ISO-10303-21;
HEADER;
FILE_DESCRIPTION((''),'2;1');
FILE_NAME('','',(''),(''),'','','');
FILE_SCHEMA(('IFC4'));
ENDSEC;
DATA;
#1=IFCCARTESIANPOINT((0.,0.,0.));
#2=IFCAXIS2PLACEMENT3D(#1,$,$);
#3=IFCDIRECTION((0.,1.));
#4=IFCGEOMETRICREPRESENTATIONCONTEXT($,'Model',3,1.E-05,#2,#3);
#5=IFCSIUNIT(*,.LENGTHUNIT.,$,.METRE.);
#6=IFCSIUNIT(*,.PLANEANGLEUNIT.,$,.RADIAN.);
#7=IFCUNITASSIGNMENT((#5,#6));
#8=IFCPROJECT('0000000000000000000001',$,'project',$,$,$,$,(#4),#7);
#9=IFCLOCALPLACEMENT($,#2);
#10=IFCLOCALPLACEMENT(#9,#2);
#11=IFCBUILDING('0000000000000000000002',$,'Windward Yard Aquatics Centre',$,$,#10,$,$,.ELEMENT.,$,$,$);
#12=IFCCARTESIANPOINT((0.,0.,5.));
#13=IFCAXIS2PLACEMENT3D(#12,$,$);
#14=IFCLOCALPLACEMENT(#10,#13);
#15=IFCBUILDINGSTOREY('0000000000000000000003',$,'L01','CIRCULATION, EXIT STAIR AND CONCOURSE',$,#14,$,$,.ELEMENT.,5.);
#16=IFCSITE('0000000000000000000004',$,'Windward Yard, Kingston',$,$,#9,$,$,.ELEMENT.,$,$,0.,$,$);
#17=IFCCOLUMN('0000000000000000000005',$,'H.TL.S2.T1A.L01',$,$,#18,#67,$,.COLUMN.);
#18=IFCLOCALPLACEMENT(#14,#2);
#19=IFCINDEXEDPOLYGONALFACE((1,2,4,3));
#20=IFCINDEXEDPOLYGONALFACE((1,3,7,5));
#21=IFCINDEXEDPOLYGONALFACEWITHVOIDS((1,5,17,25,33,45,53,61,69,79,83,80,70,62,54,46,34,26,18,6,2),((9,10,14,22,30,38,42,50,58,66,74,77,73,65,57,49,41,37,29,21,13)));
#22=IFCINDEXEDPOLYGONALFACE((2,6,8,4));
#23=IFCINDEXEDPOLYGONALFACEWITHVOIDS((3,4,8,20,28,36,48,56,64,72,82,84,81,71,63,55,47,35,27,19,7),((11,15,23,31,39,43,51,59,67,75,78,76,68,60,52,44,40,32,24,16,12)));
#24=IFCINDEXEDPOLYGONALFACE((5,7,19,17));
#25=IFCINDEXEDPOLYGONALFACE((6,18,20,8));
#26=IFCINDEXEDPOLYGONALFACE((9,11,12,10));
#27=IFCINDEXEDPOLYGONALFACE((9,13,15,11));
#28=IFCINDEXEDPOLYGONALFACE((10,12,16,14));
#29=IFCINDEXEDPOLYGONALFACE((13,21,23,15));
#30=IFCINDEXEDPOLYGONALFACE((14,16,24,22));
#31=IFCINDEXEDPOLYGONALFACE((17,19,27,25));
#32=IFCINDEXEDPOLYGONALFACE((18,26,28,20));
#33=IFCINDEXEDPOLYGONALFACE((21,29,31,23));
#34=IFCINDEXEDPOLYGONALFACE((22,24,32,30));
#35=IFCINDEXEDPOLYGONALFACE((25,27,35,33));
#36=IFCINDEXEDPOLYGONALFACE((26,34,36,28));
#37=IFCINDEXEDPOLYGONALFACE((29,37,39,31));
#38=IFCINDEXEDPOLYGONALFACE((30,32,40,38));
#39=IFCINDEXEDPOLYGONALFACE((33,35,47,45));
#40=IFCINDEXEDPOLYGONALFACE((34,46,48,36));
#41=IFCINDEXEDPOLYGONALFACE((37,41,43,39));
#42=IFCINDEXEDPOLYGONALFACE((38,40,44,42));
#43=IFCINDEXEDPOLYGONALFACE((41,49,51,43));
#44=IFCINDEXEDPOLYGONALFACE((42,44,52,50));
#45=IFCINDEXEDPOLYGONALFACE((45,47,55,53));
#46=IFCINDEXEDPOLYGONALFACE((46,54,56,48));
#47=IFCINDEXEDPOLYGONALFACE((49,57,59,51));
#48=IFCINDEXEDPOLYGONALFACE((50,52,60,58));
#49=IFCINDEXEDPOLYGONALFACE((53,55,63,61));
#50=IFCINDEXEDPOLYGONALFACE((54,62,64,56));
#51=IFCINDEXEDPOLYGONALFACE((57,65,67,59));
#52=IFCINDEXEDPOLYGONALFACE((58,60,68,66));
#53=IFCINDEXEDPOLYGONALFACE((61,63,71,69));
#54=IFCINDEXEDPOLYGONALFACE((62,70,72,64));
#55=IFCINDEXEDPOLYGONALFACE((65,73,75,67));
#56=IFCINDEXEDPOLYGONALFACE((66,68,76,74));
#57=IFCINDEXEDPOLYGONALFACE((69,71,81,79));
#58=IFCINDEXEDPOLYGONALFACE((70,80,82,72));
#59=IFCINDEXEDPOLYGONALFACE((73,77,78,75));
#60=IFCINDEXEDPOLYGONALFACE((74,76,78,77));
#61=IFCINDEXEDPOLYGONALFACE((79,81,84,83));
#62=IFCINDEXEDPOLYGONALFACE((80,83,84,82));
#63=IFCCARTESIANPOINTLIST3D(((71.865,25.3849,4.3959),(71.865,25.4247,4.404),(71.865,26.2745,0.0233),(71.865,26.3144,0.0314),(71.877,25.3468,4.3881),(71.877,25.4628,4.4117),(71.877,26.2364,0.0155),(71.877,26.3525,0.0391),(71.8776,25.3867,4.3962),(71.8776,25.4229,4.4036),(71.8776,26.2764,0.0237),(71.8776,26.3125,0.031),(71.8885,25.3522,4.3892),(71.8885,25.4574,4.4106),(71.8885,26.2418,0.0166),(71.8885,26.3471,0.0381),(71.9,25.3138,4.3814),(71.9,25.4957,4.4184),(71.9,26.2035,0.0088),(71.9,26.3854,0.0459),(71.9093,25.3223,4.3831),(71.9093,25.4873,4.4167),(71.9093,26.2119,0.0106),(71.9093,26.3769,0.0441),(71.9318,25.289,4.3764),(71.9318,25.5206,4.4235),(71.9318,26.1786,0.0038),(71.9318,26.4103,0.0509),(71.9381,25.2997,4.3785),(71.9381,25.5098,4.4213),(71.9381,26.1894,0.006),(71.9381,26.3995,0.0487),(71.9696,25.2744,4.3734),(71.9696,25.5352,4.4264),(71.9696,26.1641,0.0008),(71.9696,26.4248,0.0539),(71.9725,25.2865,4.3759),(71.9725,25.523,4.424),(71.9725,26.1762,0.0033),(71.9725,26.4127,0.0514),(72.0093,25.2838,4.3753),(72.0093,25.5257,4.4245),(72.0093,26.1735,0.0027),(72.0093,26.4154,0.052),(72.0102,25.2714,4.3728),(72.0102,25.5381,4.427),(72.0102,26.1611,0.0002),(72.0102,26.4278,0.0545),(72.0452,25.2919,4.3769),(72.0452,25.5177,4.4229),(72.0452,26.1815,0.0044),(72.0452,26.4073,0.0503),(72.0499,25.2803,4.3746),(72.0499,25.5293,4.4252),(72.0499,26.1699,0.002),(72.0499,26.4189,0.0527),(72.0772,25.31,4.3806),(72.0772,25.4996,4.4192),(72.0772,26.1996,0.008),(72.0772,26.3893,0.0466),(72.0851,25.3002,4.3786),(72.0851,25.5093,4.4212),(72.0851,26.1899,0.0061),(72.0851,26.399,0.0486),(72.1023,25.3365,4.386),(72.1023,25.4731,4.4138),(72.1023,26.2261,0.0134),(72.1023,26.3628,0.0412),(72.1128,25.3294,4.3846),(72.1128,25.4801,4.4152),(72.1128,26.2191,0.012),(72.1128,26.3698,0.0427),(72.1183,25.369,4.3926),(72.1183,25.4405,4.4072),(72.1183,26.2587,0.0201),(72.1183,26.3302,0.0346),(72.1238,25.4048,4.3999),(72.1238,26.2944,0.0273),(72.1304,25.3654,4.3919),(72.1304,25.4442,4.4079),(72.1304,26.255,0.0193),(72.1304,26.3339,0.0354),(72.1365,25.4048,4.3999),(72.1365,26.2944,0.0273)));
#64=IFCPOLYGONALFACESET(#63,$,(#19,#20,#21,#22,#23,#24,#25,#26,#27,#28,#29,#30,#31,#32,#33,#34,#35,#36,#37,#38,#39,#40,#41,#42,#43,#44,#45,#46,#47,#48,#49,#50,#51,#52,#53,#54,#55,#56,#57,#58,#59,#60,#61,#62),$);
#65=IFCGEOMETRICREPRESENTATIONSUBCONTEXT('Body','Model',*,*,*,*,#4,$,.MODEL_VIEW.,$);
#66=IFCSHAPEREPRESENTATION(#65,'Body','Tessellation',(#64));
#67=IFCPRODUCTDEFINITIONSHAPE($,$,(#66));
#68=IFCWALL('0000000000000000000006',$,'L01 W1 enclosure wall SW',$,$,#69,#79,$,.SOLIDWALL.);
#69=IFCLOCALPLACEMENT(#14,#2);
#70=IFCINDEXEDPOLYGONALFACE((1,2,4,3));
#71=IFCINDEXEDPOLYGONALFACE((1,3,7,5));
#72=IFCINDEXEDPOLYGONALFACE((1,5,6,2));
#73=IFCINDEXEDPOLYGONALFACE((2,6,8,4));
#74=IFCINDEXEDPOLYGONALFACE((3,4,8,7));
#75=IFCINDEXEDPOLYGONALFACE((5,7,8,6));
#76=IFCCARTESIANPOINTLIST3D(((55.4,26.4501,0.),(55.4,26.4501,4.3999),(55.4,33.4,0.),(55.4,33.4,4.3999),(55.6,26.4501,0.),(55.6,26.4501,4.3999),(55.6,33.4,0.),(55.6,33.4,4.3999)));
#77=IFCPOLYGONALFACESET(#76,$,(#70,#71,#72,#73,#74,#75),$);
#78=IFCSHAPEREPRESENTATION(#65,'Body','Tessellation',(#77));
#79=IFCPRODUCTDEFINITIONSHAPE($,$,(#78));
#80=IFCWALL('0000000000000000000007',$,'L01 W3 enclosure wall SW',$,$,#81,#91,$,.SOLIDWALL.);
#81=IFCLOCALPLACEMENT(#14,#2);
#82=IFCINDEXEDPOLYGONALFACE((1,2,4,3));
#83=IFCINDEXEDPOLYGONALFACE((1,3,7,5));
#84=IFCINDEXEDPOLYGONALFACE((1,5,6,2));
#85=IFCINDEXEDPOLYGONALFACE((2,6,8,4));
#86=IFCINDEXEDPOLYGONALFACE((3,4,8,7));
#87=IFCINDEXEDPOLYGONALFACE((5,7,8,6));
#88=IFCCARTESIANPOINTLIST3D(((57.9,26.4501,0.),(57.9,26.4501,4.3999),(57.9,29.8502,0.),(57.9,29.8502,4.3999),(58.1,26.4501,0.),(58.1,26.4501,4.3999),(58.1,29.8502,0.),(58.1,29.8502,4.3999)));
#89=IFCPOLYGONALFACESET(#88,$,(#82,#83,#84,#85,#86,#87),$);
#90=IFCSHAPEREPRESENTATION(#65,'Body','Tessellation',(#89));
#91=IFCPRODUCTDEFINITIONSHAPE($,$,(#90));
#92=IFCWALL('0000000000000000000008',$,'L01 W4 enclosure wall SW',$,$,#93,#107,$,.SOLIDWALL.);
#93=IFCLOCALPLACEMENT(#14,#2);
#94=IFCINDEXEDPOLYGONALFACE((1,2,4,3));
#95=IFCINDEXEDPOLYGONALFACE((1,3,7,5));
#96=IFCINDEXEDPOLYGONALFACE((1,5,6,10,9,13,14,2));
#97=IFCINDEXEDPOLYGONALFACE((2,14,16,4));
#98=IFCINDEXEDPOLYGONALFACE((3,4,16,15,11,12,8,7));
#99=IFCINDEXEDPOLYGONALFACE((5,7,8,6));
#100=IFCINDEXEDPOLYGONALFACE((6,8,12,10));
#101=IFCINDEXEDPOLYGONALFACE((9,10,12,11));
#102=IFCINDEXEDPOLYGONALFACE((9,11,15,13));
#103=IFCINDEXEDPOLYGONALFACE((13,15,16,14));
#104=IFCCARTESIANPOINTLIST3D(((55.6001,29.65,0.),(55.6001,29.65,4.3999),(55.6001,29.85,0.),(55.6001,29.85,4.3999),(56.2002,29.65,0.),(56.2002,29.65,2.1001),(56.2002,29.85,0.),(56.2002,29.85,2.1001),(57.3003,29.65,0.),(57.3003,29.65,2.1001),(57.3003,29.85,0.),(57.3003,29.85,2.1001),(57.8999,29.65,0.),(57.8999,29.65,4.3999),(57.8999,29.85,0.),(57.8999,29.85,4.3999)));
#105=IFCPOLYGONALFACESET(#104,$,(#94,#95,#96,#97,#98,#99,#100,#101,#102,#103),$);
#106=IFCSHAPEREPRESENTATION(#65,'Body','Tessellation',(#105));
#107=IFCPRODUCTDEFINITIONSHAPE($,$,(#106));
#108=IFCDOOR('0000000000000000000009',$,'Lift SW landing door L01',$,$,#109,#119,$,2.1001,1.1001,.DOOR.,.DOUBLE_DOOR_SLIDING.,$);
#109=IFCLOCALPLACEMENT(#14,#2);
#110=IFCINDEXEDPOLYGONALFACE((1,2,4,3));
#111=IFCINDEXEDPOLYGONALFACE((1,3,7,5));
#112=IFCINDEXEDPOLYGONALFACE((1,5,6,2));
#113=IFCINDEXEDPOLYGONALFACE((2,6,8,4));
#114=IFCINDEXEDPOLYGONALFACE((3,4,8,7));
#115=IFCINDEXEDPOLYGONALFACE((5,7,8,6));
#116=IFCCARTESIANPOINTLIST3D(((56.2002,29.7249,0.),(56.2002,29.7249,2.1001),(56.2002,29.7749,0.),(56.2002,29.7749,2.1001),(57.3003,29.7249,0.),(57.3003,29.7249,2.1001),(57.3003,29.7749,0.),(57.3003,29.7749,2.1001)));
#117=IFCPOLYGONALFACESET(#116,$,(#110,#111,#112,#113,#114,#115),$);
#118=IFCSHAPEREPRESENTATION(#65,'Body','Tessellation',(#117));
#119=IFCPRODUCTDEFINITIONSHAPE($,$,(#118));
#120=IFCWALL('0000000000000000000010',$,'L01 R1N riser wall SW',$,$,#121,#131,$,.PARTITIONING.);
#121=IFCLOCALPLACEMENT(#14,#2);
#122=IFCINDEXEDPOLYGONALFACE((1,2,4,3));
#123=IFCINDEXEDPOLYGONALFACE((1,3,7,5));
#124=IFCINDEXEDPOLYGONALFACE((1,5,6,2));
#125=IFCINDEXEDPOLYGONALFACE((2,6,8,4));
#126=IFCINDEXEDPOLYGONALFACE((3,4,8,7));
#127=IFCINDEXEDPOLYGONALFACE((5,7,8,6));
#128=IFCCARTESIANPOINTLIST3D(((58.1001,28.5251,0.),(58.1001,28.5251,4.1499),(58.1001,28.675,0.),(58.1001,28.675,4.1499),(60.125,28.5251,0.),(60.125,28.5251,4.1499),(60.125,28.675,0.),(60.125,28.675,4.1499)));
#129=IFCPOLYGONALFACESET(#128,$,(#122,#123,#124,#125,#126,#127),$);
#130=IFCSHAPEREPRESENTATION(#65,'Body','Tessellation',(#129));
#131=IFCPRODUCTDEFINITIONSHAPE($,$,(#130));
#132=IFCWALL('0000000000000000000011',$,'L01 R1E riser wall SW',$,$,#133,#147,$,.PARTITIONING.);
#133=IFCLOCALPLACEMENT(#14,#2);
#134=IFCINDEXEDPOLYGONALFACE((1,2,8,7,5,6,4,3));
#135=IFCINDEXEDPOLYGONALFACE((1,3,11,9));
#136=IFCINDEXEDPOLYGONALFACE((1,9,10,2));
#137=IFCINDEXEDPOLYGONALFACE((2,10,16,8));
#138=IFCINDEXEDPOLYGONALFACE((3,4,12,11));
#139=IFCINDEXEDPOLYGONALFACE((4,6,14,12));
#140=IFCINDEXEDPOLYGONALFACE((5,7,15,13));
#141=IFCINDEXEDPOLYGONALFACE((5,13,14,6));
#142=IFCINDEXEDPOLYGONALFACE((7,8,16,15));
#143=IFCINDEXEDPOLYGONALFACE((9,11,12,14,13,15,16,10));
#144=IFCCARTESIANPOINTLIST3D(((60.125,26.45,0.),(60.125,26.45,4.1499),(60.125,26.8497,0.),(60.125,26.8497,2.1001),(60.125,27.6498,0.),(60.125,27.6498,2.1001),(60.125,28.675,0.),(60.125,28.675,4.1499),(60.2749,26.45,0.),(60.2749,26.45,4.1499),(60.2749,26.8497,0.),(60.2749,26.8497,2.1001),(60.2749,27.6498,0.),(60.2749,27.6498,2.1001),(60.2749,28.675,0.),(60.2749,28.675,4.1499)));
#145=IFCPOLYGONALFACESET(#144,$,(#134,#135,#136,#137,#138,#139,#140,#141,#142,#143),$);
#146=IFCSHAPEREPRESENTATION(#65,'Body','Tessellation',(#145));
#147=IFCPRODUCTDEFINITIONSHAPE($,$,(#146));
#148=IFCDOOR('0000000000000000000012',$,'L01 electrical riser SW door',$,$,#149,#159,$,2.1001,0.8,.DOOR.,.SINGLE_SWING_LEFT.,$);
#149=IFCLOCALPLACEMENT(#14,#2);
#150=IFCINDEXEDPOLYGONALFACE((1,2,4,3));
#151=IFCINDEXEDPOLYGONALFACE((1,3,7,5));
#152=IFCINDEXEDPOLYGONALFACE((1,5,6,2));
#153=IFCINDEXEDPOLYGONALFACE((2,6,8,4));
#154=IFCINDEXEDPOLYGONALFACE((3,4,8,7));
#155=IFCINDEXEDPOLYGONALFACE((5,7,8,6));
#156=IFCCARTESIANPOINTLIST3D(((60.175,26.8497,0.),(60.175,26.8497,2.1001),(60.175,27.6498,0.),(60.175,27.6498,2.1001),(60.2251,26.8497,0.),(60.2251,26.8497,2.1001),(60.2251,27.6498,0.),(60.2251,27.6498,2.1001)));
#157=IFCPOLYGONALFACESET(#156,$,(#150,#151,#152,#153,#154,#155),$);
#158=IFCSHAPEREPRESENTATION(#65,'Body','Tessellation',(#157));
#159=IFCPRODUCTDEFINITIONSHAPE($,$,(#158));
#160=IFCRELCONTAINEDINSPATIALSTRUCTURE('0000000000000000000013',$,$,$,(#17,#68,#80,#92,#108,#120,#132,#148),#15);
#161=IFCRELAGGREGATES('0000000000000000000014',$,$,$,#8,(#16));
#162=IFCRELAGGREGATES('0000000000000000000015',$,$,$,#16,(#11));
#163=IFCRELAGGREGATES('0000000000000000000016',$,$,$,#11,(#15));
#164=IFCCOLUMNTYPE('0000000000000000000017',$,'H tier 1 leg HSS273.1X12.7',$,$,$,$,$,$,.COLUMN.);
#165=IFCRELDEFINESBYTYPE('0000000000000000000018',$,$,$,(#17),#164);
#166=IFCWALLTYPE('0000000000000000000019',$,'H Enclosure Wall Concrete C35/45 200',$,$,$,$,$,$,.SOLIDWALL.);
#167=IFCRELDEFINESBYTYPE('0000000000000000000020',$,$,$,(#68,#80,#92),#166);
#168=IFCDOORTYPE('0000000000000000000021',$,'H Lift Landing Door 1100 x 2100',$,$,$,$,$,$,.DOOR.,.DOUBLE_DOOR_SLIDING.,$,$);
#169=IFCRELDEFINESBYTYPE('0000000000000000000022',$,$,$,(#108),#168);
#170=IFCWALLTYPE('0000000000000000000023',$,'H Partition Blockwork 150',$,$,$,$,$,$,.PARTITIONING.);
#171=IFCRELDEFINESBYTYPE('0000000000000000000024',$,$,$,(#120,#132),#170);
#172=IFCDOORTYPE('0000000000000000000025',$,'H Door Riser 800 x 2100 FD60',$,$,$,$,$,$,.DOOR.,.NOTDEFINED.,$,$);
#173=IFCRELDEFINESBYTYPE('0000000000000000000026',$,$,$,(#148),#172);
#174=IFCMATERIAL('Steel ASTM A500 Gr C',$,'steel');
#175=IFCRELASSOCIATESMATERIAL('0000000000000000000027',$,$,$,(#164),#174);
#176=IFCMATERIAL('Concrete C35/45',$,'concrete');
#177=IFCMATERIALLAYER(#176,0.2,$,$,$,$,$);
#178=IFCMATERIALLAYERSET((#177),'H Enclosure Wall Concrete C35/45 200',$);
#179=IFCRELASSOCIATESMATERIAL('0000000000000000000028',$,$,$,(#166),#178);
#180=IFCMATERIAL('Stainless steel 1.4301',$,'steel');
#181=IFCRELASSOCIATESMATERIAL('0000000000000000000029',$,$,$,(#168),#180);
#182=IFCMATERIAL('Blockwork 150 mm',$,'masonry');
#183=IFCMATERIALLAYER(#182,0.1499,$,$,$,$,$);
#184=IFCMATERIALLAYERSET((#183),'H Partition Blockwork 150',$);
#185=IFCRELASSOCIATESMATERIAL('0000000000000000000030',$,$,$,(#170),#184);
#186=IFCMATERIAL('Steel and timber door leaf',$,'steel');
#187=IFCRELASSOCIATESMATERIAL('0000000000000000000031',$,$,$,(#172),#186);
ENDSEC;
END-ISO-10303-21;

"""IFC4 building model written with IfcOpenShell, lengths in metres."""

from ifc_helpers import new_model, si_unit, direction, frame, frame_2d, origin, origin_2d, place, context, subcontext, project, spatial, rectangle, hollow_circle, extrude, material, layer, layer_set, material_profile, profile_set, type_object, element, fill, save


model = new_model("IFC4")

# Units and contexts
model_context = context("Model", 3, precision=1e-05, world=origin(), true_north=direction((0.0, 1.0)))
body_context = subcontext(model_context, "Body", "Model", "MODEL_VIEW")
ifc_project = project(units=[si_unit("LENGTHUNIT", "METRE"), si_unit("PLANEANGLEUNIT", "RADIAN")], contexts=[model_context])

# Site, building, storey
site_placement = place(None, origin())
site = spatial("IfcSite", under=ifc_project, at=site_placement, Name="Windward Yard, Kingston", CompositionType="ELEMENT", RefElevation=0.0)
building_placement = place(site_placement, origin())
building = spatial("IfcBuilding", under=site, at=building_placement, Name="Windward Yard Aquatics Centre", CompositionType="ELEMENT")
storey_placement = place(building_placement, frame((0.0, 0.0, 5.0)))
storey = spatial("IfcBuildingStorey", under=building, at=storey_placement, Name="L01", Description="CIRCULATION, EXIT STAIR AND CONCOURSE", CompositionType="ELEMENT", Elevation=5.0)

# Column
ifc_material_1 = material(Name="Steel ASTM A500 Gr C", Category="steel")
ifc_material_profile_1 = material_profile(ifc_material_1, hollow_circle(Radius=0.1365, WallThickness=0.0127, at=origin_2d()), Name="HSS273.1X12.7")
ifc_profile_set_1 = profile_set([ifc_material_profile_1], Name="Steel ASTM A500 Gr C")
column_type_1 = type_object("IfcColumnType", Name="H tier 1 leg HSS273.1X12.7", PredefinedType="COLUMN", material=ifc_profile_set_1)
for number, where, z_axis, x_axis, name in (
    (1, (72.0, 26.2944, 0.0273), (0.0, -0.199377, 0.979923), (1.0, 0.0, 0.0), "H.TL.S2.T1A.L01"),
):
    element("IfcColumn", number, at=place(storey_placement, frame(where, z_axis=z_axis, x_axis=x_axis)), inside=storey, type_object=column_type_1, Name=name, PredefinedType="COLUMN", context=body_context, shape_type="SweptSolid", body=[
        extrude(hollow_circle(Radius=0.1365, WallThickness=0.0127, at=origin_2d()), origin(), (0.0, 0.0, 1.0), 4.4622),
    ])

# Walls
ifc_material_2 = material(Name="Concrete C35/45", Category="concrete")
ifc_layer_1 = layer(ifc_material_2, 0.2)
ifc_layer_set_1 = layer_set([ifc_layer_1], Name="H Enclosure Wall Concrete C35/45 200")
wall_type_1 = type_object("IfcWallType", Name="H Enclosure Wall Concrete C35/45 200", PredefinedType="SOLIDWALL", material=ifc_layer_set_1)
wall_1_placement = place(storey_placement, frame((55.5, 26.45, 0.0), z_axis=(0.0, 0.0, 1.0), x_axis=(0.0, 1.0, 0.0)))
element("IfcWall", 2, at=wall_1_placement, inside=storey, type_object=wall_type_1, Name="L01 W1 enclosure wall SW", PredefinedType="SOLIDWALL", context=body_context, shape_type="SweptSolid", body=[
    extrude(rectangle(XDim=6.95, YDim=0.2, at=frame_2d((3.4751, 0.0))), origin(), (0.0, 0.0, 1.0), 4.3999),
])
wall_2_placement = place(storey_placement, frame((58.0, 26.45, 0.0), z_axis=(0.0, 0.0, 1.0), x_axis=(0.0, 1.0, 0.0)))
element("IfcWall", 3, at=wall_2_placement, inside=storey, type_object=wall_type_1, Name="L01 W3 enclosure wall SW", PredefinedType="SOLIDWALL", context=body_context, shape_type="SweptSolid", body=[
    extrude(rectangle(XDim=3.4001, YDim=0.2, at=frame_2d((1.7002, 0.0))), origin(), (0.0, 0.0, 1.0), 4.3999),
])

# Wall, opening, door
wall_3_placement = place(storey_placement, frame((55.6001, 29.75, 0.0), z_axis=(0.0, 0.0, 1.0), x_axis=(1.0, 0.0, 0.0)))
wall_3 = element("IfcWall", 4, at=wall_3_placement, inside=storey, type_object=wall_type_1, Name="L01 W4 enclosure wall SW", PredefinedType="SOLIDWALL", context=body_context, shape_type="SweptSolid", body=[
    extrude(rectangle(XDim=2.2998, YDim=0.2, at=frame_2d((1.1499, 0.0))), origin(), (0.0, 0.0, 1.0), 4.3999),
])
opening_1_placement = place(wall_3_placement, frame((0.6001, 0.0, 0.0)))
opening_1 = element("IfcOpeningElement", 5, at=opening_1_placement, cuts=wall_3, PredefinedType="OPENING", context=body_context, shape_type="SweptSolid", body=[
    extrude(rectangle(XDim=1.1001, YDim=2.1001, at=frame_2d((0.55, 1.05))), frame((0.0, 0.1099, 0.0), z_axis=(0.0, -1.0, 0.0), x_axis=(1.0, 0.0, 0.0)), (0.0, 0.0, 1.0), 0.22),
])
ifc_material_3 = material(Name="Stainless steel 1.4301", Category="steel")
door_type_1 = type_object("IfcDoorType", Name="H Lift Landing Door 1100 x 2100", OperationType="DOUBLE_DOOR_SLIDING", PredefinedType="DOOR", material=ifc_material_3)
door_1_placement = place(opening_1_placement, origin())
door_1 = element("IfcDoor", 6, at=door_1_placement, inside=storey, type_object=door_type_1, Name="Lift SW landing door L01", OperationType="DOUBLE_DOOR_SLIDING", OverallHeight=2.1001, OverallWidth=1.1001, PredefinedType="DOOR", context=body_context, shape_type="SweptSolid", body=[
    extrude(rectangle(XDim=1.1001, YDim=2.1001, at=frame_2d((0.55, 1.05))), frame((0.0, 0.0249, 0.0), z_axis=(0.0, -1.0, 0.0), x_axis=(1.0, 0.0, 0.0)), (0.0, 0.0, 1.0), 0.05),
])
fill(opening_1, door_1)

# Wall
ifc_material_4 = material(Name="Blockwork 150 mm", Category="masonry")
ifc_layer_2 = layer(ifc_material_4, 0.1499)
ifc_layer_set_2 = layer_set([ifc_layer_2], Name="H Partition Blockwork 150")
wall_type_2 = type_object("IfcWallType", Name="H Partition Blockwork 150", PredefinedType="PARTITIONING", material=ifc_layer_set_2)
wall_4_placement = place(storey_placement, frame((58.1001, 28.6001, 0.0), z_axis=(0.0, 0.0, 1.0), x_axis=(1.0, 0.0, 0.0)))
element("IfcWall", 7, at=wall_4_placement, inside=storey, type_object=wall_type_2, Name="L01 R1N riser wall SW", PredefinedType="PARTITIONING", context=body_context, shape_type="SweptSolid", body=[
    extrude(rectangle(XDim=2.0249, YDim=0.1499, at=frame_2d((1.0125, 0.0))), origin(), (0.0, 0.0, 1.0), 4.1499),
])

# Wall, opening, door
wall_5_placement = place(storey_placement, frame((60.2, 26.45, 0.0), z_axis=(0.0, 0.0, 1.0), x_axis=(0.0, 1.0, 0.0)))
wall_5 = element("IfcWall", 8, at=wall_5_placement, inside=storey, type_object=wall_type_2, Name="L01 R1E riser wall SW", PredefinedType="PARTITIONING", context=body_context, shape_type="SweptSolid", body=[
    extrude(rectangle(XDim=2.2251, YDim=0.1499, at=frame_2d((1.1125, 0.0))), origin(), (0.0, 0.0, 1.0), 4.1499),
])
opening_2_placement = place(wall_5_placement, frame((0.3999, 0.0, 0.0)))
opening_2 = element("IfcOpeningElement", 9, at=opening_2_placement, cuts=wall_5, PredefinedType="OPENING", context=body_context, shape_type="SweptSolid", body=[
    extrude(rectangle(XDim=0.8, YDim=2.1001, at=frame_2d((0.3999, 1.05))), frame((0.0, 0.085, 0.0), z_axis=(0.0, -1.0, 0.0), x_axis=(1.0, 0.0, 0.0)), (0.0, 0.0, 1.0), 0.1699),
])
ifc_material_5 = material(Name="Steel and timber door leaf", Category="steel")
door_type_2 = type_object("IfcDoorType", Name="H Door Riser 800 x 2100 FD60", OperationType="NOTDEFINED", PredefinedType="DOOR", material=ifc_material_5)
door_2_placement = place(opening_2_placement, origin())
door_2 = element("IfcDoor", 10, at=door_2_placement, inside=storey, type_object=door_type_2, Name="L01 electrical riser SW door", OperationType="SINGLE_SWING_LEFT", OverallHeight=2.1001, OverallWidth=0.8, PredefinedType="DOOR", context=body_context, shape_type="SweptSolid", body=[
    extrude(rectangle(XDim=0.8, YDim=2.1001, at=frame_2d((0.3999, 1.05))), frame((0.0, 0.0249, 0.0), z_axis=(0.0, -1.0, 0.0), x_axis=(1.0, 0.0, 0.0)), (0.0, 0.0, 1.0), 0.05),
])
fill(opening_2, door_2)

save(model, "model.ifc")
